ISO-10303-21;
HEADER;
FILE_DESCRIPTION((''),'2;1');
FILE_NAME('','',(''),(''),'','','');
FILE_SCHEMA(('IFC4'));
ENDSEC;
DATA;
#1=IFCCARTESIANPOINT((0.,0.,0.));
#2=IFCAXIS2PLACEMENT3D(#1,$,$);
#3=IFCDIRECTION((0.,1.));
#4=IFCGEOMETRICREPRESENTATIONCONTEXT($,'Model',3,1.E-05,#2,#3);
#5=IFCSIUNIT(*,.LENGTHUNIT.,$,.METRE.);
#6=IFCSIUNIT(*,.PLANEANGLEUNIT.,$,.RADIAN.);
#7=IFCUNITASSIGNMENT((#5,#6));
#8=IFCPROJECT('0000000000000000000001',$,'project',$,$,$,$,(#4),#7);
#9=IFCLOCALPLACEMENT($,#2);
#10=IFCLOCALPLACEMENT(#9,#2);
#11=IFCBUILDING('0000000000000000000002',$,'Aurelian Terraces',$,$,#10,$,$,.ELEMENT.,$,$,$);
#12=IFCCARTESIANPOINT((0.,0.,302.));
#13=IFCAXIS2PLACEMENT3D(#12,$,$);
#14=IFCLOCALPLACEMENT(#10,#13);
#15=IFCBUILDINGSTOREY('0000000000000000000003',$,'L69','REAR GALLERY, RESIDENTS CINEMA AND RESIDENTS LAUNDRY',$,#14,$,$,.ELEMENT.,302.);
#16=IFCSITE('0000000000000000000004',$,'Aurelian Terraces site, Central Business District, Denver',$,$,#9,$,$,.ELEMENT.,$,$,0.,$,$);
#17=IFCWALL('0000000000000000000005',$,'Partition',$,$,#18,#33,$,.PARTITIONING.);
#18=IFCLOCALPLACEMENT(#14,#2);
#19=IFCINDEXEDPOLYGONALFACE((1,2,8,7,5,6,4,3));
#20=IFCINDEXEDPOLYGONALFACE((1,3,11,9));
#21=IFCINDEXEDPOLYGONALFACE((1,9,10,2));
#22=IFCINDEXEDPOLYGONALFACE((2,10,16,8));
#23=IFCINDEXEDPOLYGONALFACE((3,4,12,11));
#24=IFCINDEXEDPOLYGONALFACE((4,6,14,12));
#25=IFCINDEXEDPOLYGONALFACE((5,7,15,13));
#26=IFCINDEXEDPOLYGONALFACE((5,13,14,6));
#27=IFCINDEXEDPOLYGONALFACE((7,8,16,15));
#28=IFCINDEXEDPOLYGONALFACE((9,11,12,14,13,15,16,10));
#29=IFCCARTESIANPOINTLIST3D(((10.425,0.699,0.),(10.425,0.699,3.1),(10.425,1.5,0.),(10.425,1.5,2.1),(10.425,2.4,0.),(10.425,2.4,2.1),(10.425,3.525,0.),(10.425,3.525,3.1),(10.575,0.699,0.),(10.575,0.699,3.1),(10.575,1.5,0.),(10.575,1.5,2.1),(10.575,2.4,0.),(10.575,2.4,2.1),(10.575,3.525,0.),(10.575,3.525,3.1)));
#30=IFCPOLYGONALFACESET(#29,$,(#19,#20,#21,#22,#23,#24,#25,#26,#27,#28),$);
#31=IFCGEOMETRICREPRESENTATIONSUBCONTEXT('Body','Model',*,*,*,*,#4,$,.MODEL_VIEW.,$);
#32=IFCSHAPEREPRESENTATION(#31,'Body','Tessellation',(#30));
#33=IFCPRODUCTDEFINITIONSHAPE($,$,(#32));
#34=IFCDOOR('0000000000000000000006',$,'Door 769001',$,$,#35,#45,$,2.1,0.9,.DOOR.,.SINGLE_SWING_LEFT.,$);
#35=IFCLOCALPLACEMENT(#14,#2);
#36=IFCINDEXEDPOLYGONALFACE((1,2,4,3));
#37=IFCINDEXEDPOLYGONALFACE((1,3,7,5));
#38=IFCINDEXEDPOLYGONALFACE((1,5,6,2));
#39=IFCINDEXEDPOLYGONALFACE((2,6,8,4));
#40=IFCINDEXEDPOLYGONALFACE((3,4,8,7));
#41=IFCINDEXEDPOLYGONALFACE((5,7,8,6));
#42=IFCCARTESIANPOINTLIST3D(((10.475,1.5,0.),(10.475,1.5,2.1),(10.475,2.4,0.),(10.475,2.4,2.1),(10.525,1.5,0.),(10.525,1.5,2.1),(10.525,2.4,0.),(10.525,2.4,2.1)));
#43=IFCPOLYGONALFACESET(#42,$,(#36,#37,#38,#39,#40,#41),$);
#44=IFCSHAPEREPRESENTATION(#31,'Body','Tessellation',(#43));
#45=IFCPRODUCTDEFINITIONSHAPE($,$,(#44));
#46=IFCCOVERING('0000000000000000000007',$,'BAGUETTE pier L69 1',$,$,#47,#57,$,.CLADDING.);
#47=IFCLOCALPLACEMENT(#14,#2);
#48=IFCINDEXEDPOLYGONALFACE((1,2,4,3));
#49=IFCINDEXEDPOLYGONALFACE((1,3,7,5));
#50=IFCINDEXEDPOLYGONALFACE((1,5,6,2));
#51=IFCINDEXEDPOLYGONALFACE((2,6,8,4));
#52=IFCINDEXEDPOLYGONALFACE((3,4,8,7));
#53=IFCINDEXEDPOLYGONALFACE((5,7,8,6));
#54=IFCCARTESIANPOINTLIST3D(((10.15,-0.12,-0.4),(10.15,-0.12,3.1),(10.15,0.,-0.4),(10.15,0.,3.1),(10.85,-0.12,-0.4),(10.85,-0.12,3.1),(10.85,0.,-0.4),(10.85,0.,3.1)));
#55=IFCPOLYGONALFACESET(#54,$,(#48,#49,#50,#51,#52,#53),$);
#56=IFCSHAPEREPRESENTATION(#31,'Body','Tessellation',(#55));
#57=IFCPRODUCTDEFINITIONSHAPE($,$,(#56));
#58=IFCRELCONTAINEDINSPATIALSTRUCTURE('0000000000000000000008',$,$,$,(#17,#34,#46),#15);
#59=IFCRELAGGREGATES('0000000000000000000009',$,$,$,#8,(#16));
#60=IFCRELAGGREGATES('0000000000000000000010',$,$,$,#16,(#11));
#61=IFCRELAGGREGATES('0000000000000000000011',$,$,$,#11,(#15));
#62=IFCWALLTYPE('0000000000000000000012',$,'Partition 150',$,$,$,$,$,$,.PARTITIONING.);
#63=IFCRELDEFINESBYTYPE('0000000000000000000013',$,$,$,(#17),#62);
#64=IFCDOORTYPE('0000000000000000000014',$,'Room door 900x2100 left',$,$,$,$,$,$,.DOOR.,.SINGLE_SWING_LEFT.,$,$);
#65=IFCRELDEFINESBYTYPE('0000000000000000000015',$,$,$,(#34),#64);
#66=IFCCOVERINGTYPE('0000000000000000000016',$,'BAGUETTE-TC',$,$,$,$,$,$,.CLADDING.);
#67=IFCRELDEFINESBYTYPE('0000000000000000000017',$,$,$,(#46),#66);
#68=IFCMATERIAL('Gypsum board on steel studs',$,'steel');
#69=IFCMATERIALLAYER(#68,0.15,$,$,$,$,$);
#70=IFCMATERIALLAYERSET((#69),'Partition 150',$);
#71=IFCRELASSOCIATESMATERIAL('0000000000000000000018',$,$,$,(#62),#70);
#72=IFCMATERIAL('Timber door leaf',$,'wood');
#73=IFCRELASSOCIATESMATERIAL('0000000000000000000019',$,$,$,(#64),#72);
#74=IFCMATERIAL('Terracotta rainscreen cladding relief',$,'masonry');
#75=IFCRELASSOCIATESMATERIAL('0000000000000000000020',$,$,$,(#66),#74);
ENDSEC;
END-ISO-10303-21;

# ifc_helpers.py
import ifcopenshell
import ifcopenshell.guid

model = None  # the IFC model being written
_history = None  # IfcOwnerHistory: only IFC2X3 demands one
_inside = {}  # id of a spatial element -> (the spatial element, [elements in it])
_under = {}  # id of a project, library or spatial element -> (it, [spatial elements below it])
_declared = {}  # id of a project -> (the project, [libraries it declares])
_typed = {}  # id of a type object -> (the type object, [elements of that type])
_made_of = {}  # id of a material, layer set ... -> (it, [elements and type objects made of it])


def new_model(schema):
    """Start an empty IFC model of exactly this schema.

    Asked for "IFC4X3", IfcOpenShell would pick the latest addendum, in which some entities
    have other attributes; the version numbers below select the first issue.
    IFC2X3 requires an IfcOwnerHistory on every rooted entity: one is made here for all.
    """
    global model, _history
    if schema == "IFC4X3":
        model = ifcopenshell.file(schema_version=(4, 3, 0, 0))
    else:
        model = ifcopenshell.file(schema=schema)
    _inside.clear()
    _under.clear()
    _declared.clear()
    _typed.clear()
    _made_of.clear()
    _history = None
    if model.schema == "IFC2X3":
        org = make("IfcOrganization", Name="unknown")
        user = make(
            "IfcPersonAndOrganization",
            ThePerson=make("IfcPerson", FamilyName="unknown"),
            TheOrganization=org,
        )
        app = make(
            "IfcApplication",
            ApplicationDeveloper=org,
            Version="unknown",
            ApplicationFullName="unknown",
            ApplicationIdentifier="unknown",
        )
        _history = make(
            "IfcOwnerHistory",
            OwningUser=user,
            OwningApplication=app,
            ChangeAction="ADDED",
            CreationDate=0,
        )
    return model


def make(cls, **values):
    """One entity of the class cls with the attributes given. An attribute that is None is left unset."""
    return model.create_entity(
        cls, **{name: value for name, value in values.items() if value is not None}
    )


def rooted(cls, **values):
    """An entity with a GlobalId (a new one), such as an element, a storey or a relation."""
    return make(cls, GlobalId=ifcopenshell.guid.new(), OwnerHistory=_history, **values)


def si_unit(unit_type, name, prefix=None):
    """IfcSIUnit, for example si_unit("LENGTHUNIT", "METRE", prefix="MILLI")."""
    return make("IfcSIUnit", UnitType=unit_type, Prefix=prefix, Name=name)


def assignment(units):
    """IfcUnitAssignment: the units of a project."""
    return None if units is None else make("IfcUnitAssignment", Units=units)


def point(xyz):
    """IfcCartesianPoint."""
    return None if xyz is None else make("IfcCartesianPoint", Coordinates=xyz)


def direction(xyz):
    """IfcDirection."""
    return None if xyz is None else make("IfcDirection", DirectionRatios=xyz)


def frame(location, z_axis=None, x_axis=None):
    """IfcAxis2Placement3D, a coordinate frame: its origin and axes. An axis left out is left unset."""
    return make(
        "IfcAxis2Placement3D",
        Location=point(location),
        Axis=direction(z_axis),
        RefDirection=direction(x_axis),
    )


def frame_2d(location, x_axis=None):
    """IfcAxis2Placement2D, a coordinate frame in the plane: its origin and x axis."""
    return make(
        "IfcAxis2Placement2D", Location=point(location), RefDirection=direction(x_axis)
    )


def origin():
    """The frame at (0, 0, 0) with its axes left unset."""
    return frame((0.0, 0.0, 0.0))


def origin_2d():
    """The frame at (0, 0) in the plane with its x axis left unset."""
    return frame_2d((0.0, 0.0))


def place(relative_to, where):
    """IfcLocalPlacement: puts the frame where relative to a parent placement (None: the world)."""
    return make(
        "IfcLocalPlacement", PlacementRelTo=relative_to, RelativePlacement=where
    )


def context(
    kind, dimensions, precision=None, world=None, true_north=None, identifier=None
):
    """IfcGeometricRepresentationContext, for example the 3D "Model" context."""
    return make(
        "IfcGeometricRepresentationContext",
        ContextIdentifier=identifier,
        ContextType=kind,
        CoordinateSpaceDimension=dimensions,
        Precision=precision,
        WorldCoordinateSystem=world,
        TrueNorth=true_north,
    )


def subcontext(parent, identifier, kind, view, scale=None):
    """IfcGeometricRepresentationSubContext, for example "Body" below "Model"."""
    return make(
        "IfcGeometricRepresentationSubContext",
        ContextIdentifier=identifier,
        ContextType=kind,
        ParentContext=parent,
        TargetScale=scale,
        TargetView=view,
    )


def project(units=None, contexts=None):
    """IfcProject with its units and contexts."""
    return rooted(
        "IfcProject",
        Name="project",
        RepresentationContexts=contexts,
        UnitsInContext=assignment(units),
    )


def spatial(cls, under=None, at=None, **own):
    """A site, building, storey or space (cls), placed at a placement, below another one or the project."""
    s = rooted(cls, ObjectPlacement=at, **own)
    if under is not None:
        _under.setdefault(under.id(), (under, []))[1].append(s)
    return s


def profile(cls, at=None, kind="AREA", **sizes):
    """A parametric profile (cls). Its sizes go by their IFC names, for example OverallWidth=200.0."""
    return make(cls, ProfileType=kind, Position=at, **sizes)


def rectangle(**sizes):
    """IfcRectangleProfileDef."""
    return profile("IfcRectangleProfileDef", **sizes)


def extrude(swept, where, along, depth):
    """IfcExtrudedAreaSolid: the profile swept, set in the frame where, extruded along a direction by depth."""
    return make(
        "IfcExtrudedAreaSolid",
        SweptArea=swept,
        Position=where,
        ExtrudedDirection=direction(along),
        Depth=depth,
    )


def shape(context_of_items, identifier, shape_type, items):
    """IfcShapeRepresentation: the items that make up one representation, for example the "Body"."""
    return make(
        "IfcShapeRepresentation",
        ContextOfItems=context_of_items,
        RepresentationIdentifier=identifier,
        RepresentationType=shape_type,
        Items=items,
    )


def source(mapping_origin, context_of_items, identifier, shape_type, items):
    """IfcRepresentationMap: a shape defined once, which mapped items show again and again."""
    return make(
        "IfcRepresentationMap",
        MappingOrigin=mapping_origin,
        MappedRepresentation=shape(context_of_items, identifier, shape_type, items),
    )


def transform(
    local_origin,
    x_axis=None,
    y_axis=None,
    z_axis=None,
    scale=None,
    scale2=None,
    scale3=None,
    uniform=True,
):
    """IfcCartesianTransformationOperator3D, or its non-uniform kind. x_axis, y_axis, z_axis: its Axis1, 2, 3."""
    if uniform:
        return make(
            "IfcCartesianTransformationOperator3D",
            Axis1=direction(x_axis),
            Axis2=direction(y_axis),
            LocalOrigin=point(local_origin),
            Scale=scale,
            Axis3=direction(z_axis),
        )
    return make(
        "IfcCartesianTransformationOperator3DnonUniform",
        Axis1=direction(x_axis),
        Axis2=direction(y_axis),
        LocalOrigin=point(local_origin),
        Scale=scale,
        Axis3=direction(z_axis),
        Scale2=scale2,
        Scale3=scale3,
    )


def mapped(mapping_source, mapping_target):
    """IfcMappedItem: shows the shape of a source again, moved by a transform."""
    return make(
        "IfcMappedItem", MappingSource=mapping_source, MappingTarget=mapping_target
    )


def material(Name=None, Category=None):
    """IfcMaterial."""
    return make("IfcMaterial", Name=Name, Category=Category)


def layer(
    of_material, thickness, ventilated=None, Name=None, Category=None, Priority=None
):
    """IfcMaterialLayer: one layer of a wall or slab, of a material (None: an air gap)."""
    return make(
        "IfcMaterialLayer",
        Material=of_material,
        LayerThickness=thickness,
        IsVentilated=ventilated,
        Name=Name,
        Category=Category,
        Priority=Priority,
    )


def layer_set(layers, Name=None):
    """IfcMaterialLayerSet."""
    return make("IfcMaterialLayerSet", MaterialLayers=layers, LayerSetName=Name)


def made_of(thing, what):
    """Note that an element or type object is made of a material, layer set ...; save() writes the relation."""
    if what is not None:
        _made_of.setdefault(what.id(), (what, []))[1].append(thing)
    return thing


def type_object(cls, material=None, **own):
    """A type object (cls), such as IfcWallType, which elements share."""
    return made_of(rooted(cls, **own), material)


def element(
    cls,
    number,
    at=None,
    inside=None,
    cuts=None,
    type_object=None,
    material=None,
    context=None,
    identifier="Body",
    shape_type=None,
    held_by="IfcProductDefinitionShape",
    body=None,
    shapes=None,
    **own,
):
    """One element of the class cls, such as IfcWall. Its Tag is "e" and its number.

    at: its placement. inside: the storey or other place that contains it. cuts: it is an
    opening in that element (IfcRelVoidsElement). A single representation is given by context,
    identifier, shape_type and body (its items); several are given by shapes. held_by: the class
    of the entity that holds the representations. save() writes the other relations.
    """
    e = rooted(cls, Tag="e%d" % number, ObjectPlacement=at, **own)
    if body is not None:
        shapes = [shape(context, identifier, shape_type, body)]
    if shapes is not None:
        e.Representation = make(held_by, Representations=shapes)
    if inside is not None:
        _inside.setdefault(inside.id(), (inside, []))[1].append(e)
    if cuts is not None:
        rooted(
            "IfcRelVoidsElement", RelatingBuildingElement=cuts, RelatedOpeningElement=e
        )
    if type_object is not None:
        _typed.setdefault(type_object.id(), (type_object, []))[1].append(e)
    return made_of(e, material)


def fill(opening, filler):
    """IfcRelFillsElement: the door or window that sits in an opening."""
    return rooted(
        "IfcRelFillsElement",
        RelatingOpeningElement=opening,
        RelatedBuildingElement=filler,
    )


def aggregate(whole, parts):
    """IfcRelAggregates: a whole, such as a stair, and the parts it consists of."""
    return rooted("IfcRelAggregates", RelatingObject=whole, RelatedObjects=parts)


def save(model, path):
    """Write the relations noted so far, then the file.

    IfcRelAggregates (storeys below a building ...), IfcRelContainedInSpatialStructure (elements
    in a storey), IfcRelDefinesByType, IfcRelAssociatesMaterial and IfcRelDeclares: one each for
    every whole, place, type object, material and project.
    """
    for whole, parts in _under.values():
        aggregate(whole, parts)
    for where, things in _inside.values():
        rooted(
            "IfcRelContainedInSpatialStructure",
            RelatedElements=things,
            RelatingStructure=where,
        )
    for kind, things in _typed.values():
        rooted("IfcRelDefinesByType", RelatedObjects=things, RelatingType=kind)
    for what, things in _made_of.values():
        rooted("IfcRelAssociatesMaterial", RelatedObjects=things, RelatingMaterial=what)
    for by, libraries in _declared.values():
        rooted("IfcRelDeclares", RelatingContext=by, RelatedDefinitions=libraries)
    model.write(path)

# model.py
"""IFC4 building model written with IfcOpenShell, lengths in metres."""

from ifc_helpers import new_model, si_unit, direction, frame, frame_2d, origin, origin_2d, place, context, subcontext, project, spatial, rectangle, extrude, source, transform, mapped, material, layer, layer_set, type_object, element, fill, save


model = new_model("IFC4")

# Units and contexts
model_context = context("Model", 3, precision=1e-05, world=origin(), true_north=direction((0.0, 1.0)))
body_context = subcontext(model_context, "Body", "Model", "MODEL_VIEW")
ifc_project = project(units=[si_unit("LENGTHUNIT", "METRE"), si_unit("PLANEANGLEUNIT", "RADIAN")], contexts=[model_context])

# Site, building, storey
site_placement = place(None, origin())
site = spatial("IfcSite", under=ifc_project, at=site_placement, Name="Aurelian Terraces site, Central Business District, Denver", CompositionType="ELEMENT", RefElevation=0.0)
building_placement = place(site_placement, origin())
building = spatial("IfcBuilding", under=site, at=building_placement, Name="Aurelian Terraces", CompositionType="ELEMENT")
storey_placement = place(building_placement, frame((0.0, 0.0, 302.0)))
storey = spatial("IfcBuildingStorey", under=building, at=storey_placement, Name="L69", Description="REAR GALLERY, RESIDENTS CINEMA AND RESIDENTS LAUNDRY", CompositionType="ELEMENT", Elevation=302.0)

# Shared definitions
shared_shape_1 = source(origin(), body_context, "Body", "SweptSolid", [
    extrude(rectangle(XDim=0.9, YDim=2.1, at=frame_2d((0.45, 1.05))), frame((0.0, 0.025, 0.0), z_axis=(0.0, -1.0, 0.0), x_axis=(1.0, 0.0, 0.0)), (0.0, 0.0, 1.0), 0.05),
])

# Wall, opening, door
ifc_material_1 = material(Name="Gypsum board on steel studs", Category="steel")
ifc_layer_1 = layer(ifc_material_1, 0.15)
ifc_layer_set_1 = layer_set([ifc_layer_1], Name="Partition 150")
wall_type_1 = type_object("IfcWallType", Name="Partition 150", PredefinedType="PARTITIONING", material=ifc_layer_set_1)
shared_shape_2 = source(origin(), body_context, "Body", "SweptSolid", [
    extrude(rectangle(XDim=2.826, YDim=0.15, at=frame_2d((1.413, 0.0))), origin(), (0.0, 0.0, 1.0), 3.1),
])
wall_1_placement = place(storey_placement, frame((10.5, 3.525, 0.0), z_axis=(0.0, 0.0, 1.0), x_axis=(0.0, -1.0, 0.0)))
wall_1 = element("IfcWall", 1, at=wall_1_placement, inside=storey, type_object=wall_type_1, Name="Partition", PredefinedType="PARTITIONING", context=body_context, shape_type="MappedRepresentation", body=[
    mapped(shared_shape_2, transform((0.0, 0.0, 0.0), scale=1.0)),
])
shared_shape_3 = source(origin(), body_context, "Body", "SweptSolid", [
    extrude(rectangle(XDim=0.9, YDim=2.1, at=frame_2d((0.45, 1.05))), frame((0.0, 0.085, 0.0), z_axis=(0.0, -1.0, 0.0), x_axis=(1.0, 0.0, 0.0)), (0.0, 0.0, 1.0), 0.17),
])
opening_1_placement = place(wall_1_placement, frame((1.125, 0.0, 0.0)))
opening_1 = element("IfcOpeningElement", 2, at=opening_1_placement, cuts=wall_1, PredefinedType="OPENING", context=body_context, shape_type="MappedRepresentation", body=[
    mapped(shared_shape_3, transform((0.0, 0.0, 0.0), scale=1.0)),
])
ifc_material_2 = material(Name="Timber door leaf", Category="wood")
door_type_1 = type_object("IfcDoorType", Name="Room door 900x2100 left", OperationType="SINGLE_SWING_LEFT", PredefinedType="DOOR", material=ifc_material_2)
door_1_placement = place(opening_1_placement, origin())
door_1 = element("IfcDoor", 3, at=door_1_placement, inside=storey, type_object=door_type_1, Name="Door 769001", OperationType="SINGLE_SWING_LEFT", OverallHeight=2.1, OverallWidth=0.9, PredefinedType="DOOR", context=body_context, shape_type="MappedRepresentation", body=[
    mapped(shared_shape_1, transform((0.0, 0.0, 0.0), scale=1.0)),
])
fill(opening_1, door_1)

# Covering
ifc_material_3 = material(Name="Terracotta rainscreen cladding relief", Category="masonry")
covering_type = type_object("IfcCoveringType", Name="BAGUETTE-TC", PredefinedType="CLADDING", material=ifc_material_3)
shared_shape_4 = source(origin(), body_context, "Body", "SweptSolid", [
    extrude(rectangle(XDim=0.7, YDim=0.12, at=origin_2d()), origin(), (0.0, 0.0, 1.0), 3.5),
])
covering_placement = place(storey_placement, frame((10.5, -0.06, -0.4), z_axis=(0.0, 0.0, 1.0), x_axis=(1.0, 0.0, 0.0)))
element("IfcCovering", 4, at=covering_placement, inside=storey, type_object=covering_type, Name="BAGUETTE pier L69 1", PredefinedType="CLADDING", context=body_context, shape_type="MappedRepresentation", body=[
    mapped(shared_shape_4, transform((0.0, 0.0, 0.0), scale=1.0)),
])

save(model, "model.ifc")
